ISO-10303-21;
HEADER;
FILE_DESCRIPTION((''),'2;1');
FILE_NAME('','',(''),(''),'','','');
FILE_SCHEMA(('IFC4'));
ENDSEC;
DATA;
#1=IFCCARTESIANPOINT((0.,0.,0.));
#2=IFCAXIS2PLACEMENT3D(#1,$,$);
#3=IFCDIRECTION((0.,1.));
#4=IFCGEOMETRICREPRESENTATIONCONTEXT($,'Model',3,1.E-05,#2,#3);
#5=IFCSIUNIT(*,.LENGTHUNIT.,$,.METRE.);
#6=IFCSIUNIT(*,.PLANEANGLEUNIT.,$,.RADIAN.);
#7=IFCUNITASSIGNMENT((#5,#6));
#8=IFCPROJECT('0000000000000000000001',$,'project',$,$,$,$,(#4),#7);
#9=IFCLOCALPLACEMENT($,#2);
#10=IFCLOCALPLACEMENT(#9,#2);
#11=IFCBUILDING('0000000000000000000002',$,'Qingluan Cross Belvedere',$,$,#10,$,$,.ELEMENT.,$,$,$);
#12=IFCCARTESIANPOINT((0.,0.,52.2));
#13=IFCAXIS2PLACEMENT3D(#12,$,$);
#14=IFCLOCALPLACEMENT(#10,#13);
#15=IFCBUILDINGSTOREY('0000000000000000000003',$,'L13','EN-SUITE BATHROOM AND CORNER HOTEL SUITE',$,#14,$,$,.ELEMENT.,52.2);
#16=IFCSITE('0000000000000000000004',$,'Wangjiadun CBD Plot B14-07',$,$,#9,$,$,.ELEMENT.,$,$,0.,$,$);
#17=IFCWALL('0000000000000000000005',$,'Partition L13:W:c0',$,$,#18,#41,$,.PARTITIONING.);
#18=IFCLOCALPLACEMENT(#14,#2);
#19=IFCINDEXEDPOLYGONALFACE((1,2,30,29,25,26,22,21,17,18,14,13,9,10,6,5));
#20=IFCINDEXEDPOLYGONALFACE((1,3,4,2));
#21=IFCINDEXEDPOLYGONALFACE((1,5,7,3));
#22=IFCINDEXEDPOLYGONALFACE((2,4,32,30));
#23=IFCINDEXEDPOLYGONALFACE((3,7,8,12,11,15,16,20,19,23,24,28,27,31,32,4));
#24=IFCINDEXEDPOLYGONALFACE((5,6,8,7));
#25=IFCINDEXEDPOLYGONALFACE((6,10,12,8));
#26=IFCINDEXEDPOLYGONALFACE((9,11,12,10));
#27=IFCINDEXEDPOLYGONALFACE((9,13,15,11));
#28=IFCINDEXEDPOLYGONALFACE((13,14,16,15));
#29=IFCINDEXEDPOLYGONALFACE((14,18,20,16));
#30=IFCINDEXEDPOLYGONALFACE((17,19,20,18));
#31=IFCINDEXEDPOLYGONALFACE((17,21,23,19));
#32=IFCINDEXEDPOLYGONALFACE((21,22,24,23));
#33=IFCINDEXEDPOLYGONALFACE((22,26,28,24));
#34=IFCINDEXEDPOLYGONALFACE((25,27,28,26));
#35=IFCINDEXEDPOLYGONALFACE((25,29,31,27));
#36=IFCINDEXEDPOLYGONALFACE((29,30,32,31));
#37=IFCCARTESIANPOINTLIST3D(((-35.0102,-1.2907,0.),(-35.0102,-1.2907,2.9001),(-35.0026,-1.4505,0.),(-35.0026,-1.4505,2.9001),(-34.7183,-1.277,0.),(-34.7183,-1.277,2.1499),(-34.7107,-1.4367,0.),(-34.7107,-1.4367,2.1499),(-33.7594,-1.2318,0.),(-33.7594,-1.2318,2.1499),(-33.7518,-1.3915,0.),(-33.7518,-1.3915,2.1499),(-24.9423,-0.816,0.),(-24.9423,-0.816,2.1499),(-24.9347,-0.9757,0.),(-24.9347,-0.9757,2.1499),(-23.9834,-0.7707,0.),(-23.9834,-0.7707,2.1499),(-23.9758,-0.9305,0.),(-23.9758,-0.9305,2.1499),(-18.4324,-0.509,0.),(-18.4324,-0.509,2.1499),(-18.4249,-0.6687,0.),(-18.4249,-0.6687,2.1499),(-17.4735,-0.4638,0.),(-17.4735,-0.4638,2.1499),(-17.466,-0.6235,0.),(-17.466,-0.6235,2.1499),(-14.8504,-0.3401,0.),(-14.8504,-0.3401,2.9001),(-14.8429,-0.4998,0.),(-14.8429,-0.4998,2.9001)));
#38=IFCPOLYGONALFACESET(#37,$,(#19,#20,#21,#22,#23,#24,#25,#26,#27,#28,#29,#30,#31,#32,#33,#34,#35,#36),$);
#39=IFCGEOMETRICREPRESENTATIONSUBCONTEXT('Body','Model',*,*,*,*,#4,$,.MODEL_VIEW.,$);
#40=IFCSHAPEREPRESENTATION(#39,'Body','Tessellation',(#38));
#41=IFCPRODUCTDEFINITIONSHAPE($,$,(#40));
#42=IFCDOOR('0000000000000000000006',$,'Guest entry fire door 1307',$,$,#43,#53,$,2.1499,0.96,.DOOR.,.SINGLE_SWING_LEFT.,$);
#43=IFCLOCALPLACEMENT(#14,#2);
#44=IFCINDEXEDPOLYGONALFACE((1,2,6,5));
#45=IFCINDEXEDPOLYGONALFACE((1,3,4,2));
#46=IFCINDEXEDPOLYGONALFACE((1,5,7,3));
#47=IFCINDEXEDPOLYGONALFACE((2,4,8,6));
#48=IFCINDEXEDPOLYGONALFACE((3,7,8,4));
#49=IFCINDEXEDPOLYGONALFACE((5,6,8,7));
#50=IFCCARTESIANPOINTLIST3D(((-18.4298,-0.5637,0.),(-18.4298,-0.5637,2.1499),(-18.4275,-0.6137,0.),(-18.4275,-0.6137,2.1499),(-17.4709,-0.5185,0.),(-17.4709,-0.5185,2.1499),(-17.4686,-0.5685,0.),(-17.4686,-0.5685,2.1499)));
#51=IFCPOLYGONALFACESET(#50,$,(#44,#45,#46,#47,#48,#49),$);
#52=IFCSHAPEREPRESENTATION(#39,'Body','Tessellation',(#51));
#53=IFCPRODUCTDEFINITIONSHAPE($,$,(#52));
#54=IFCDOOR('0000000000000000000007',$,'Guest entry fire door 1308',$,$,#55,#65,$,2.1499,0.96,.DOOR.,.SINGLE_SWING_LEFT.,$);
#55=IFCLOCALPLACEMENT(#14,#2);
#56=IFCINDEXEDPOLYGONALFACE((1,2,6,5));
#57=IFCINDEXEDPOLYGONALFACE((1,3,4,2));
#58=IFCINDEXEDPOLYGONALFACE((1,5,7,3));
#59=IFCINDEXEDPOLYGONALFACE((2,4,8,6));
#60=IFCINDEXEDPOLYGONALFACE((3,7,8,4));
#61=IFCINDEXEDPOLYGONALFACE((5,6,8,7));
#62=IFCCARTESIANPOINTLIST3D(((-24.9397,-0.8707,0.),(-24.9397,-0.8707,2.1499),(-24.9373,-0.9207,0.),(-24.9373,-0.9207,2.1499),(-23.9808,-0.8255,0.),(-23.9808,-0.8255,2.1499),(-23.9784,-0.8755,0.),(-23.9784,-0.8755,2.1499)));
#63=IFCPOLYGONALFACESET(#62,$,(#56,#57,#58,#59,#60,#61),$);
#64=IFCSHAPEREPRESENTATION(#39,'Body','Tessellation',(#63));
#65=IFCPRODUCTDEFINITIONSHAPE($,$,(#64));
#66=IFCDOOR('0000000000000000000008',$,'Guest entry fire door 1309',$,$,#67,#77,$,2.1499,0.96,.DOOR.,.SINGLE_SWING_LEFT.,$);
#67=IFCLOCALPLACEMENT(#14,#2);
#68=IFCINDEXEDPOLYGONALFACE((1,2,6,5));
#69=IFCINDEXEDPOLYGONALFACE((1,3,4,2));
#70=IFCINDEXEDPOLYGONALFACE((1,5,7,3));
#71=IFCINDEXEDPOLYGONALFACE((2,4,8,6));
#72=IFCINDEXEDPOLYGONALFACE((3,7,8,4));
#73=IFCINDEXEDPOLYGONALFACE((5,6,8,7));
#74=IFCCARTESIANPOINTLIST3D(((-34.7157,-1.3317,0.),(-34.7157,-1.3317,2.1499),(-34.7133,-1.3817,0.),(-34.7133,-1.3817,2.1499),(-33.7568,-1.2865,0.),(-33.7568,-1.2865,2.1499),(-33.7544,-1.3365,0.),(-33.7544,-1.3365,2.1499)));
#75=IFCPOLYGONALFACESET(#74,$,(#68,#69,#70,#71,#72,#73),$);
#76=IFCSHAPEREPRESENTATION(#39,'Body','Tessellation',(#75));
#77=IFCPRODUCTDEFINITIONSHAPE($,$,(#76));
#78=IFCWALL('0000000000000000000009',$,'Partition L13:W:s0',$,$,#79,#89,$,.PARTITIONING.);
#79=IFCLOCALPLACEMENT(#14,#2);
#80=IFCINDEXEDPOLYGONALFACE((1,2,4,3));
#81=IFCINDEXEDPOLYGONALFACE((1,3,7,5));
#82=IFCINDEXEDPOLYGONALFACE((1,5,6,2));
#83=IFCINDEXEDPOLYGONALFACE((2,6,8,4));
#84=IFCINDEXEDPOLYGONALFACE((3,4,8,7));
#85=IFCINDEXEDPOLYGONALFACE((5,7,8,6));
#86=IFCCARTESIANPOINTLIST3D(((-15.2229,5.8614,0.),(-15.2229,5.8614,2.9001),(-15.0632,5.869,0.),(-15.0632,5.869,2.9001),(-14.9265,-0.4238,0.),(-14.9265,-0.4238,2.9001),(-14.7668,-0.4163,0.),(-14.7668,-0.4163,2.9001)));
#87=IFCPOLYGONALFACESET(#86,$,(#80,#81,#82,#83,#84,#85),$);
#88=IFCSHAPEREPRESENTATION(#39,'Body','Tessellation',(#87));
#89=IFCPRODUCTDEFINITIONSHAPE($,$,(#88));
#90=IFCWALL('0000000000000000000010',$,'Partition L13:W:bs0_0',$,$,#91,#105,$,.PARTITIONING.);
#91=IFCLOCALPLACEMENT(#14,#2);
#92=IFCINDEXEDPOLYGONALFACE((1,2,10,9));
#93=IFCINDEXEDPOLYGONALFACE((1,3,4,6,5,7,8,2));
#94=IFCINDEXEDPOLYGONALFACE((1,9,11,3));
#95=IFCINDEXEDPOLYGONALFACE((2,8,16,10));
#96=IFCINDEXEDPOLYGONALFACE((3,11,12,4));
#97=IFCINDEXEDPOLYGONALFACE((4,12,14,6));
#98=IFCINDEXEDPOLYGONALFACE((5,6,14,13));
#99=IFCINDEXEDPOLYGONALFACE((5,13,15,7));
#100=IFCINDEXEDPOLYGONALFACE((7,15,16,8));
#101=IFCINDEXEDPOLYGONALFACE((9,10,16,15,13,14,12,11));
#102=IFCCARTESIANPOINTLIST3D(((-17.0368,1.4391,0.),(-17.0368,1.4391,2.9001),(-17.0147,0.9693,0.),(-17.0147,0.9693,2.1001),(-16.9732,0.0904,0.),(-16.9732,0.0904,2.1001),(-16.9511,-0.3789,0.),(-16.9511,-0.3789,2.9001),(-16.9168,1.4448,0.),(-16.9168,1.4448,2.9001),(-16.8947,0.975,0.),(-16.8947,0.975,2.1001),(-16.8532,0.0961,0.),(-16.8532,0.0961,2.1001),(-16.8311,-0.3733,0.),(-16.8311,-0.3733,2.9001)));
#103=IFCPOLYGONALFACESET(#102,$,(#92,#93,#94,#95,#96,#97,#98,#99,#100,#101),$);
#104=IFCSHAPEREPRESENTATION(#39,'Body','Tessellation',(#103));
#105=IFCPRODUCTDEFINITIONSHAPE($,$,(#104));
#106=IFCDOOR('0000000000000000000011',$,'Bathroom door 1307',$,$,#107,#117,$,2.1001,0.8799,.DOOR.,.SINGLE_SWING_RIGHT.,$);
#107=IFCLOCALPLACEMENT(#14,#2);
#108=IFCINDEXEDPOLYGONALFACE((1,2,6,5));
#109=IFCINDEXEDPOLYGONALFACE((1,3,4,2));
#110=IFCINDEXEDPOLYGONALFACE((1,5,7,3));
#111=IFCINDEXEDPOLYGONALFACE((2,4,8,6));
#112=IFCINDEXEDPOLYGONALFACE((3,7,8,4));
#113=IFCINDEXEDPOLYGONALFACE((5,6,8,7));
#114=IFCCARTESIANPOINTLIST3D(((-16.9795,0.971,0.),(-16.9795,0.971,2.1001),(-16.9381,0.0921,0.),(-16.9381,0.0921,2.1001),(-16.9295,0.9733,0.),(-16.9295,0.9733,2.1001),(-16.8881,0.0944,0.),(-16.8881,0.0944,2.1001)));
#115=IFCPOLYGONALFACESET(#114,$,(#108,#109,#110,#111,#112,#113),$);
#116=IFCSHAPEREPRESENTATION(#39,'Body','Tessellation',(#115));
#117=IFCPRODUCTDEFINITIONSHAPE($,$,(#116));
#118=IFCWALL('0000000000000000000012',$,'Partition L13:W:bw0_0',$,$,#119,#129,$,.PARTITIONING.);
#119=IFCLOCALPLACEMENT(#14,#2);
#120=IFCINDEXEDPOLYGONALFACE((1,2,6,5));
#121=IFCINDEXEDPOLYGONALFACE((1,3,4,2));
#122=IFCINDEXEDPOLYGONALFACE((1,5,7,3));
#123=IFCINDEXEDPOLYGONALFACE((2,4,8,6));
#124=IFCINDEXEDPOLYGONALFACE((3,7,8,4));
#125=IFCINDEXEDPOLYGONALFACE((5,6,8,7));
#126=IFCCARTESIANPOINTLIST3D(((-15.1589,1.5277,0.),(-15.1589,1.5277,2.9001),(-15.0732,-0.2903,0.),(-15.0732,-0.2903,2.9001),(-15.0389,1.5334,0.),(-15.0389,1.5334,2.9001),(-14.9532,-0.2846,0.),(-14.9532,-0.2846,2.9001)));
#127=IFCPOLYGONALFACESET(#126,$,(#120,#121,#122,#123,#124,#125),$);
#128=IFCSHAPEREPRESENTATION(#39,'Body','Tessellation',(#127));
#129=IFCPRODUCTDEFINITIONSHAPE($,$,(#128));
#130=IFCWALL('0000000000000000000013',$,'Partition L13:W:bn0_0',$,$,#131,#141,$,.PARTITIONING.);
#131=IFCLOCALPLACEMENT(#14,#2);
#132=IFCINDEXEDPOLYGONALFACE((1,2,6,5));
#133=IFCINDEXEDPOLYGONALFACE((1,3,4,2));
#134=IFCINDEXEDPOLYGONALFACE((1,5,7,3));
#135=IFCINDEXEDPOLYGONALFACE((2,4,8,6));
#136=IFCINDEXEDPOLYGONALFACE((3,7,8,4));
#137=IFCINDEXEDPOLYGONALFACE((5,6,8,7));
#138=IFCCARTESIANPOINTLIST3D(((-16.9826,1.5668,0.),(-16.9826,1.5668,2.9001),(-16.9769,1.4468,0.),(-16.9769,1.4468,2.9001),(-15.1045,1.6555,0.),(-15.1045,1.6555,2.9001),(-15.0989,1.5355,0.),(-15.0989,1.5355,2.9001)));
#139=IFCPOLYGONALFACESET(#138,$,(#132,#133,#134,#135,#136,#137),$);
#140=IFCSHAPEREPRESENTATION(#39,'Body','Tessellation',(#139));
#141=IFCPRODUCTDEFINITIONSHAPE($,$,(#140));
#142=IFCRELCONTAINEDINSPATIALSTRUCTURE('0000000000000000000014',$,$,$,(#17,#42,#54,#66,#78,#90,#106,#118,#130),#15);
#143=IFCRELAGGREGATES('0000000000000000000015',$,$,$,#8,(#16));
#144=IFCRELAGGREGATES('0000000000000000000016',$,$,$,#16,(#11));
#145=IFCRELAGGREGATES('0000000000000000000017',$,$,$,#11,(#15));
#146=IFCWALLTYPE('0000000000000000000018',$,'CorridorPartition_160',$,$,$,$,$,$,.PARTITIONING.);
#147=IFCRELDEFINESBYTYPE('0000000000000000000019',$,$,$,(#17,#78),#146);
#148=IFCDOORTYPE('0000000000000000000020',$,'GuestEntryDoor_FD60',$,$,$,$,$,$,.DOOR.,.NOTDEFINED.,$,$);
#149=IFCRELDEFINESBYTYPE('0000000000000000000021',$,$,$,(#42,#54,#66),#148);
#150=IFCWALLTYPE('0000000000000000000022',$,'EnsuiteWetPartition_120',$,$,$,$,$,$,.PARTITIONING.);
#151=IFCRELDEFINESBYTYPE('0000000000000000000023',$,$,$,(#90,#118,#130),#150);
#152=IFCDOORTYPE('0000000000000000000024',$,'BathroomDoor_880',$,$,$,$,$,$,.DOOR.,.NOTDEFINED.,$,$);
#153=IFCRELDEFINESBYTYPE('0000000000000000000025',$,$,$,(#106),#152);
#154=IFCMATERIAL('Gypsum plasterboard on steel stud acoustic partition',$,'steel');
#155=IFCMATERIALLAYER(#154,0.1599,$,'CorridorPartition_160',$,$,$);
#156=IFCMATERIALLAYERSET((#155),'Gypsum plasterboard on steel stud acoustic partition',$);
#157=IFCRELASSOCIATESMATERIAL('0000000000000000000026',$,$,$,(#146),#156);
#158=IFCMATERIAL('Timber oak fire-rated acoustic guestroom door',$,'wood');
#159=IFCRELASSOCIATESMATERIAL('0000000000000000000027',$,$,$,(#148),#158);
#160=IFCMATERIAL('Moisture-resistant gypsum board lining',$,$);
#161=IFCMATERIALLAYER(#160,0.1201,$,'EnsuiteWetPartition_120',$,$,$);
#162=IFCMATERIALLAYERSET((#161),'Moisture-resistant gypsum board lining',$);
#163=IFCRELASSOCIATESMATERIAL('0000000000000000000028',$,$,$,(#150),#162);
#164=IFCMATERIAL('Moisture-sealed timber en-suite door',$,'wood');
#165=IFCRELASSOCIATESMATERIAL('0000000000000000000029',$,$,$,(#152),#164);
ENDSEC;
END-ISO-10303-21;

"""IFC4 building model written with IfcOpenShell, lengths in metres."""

from ifc_helpers import new_model, si_unit, direction, frame, frame_2d, origin, place, context, subcontext, project, spatial, rectangle, extrude, material, layer, layer_set, type_object, element, fill, save


model = new_model("IFC4")

# Units and contexts
model_context = context("Model", 3, precision=1e-05, world=origin(), true_north=direction((0.0, 1.0)))
body_context = subcontext(model_context, "Body", "Model", "MODEL_VIEW")
ifc_project = project(units=[si_unit("LENGTHUNIT", "METRE"), si_unit("PLANEANGLEUNIT", "RADIAN")], contexts=[model_context])

# Site, building, storey
site_placement = place(None, origin())
site = spatial("IfcSite", under=ifc_project, at=site_placement, Name="Wangjiadun CBD Plot B14-07", CompositionType="ELEMENT", RefElevation=0.0)
building_placement = place(site_placement, origin())
building = spatial("IfcBuilding", under=site, at=building_placement, Name="Qingluan Cross Belvedere", CompositionType="ELEMENT")
storey_placement = place(building_placement, frame((0.0, 0.0, 52.2)))
storey = spatial("IfcBuildingStorey", under=building, at=storey_placement, Name="L13", Description="EN-SUITE BATHROOM AND CORNER HOTEL SUITE", CompositionType="ELEMENT", Elevation=52.2)

# Wall, openings, doors
ifc_material_1 = material(Name="Gypsum plasterboard on steel stud acoustic partition", Category="steel")
ifc_layer_1 = layer(ifc_material_1, 0.1599, Name="CorridorPartition_160")
ifc_layer_set_1 = layer_set([ifc_layer_1], Name="Gypsum plasterboard on steel stud acoustic partition")
wall_type_1 = type_object("IfcWallType", Name="CorridorPartition_160", PredefinedType="PARTITIONING", material=ifc_layer_set_1)
wall_1_placement = place(storey_placement, frame((-14.8467, -0.4199, 0.0), z_axis=(0.0, 0.0, 1.0), x_axis=(-0.99889, -0.047105, 0.0)))
wall_1 = element("IfcWall", 1, at=wall_1_placement, inside=storey, type_object=wall_type_1, Name="Partition L13:W:c0", PredefinedType="PARTITIONING", context=body_context, shape_type="SweptSolid", body=[
    extrude(rectangle(XDim=20.1821, YDim=0.1599, at=frame_2d((10.0911, 0.0))), origin(), (0.0, 0.0, 1.0), 2.9001),
])
opening_1_placement = place(wall_1_placement, frame((2.626, 0.0, 0.0)))
opening_1 = element("IfcOpeningElement", 2, at=opening_1_placement, cuts=wall_1, PredefinedType="OPENING", context=body_context, shape_type="SweptSolid", body=[
    extrude(rectangle(XDim=0.96, YDim=2.1499, at=frame_2d((0.48, 1.075))), frame((0.0, 0.0898, 0.0), z_axis=(0.0, -1.0, 0.0), x_axis=(1.0, 0.0, 0.0)), (0.0, 0.0, 1.0), 0.1799),
])
opening_2_placement = place(wall_1_placement, frame((9.1431, 0.0, 0.0)))
opening_2 = element("IfcOpeningElement", 3, at=opening_2_placement, cuts=wall_1, PredefinedType="OPENING", context=body_context, shape_type="SweptSolid", body=[
    extrude(rectangle(XDim=0.96, YDim=2.1499, at=frame_2d((0.48, 1.075))), frame((0.0, 0.0898, 0.0), z_axis=(0.0, -1.0, 0.0), x_axis=(1.0, 0.0, 0.0)), (0.0, 0.0, 1.0), 0.1799),
])
opening_3_placement = place(wall_1_placement, frame((18.9299, 0.0, 0.0)))
opening_3 = element("IfcOpeningElement", 4, at=opening_3_placement, cuts=wall_1, PredefinedType="OPENING", context=body_context, shape_type="SweptSolid", body=[
    extrude(rectangle(XDim=0.96, YDim=2.1499, at=frame_2d((0.48, 1.075))), frame((0.0, 0.0898, 0.0), z_axis=(0.0, -1.0, 0.0), x_axis=(1.0, 0.0, 0.0)), (0.0, 0.0, 1.0), 0.1799),
])
ifc_material_2 = material(Name="Timber oak fire-rated acoustic guestroom door", Category="wood")
door_type_1 = type_object("IfcDoorType", Name="GuestEntryDoor_FD60", OperationType="NOTDEFINED", PredefinedType="DOOR", material=ifc_material_2)
door_1_placement = place(opening_1_placement, origin())
door_1 = element("IfcDoor", 5, at=door_1_placement, inside=storey, type_object=door_type_1, Name="Guest entry fire door 1307", OperationType="SINGLE_SWING_LEFT", OverallHeight=2.1499, OverallWidth=0.96, PredefinedType="DOOR", context=body_context, shape_type="SweptSolid", body=[
    extrude(rectangle(XDim=0.96, YDim=2.1499, at=frame_2d((0.48, 1.075))), frame((0.0, 0.0249, 0.0), z_axis=(0.0, -1.0, 0.0), x_axis=(1.0, 0.0, 0.0)), (0.0, 0.0, 1.0), 0.05),
])
fill(opening_1, door_1)
door_2_placement = place(opening_2_placement, origin())
door_2 = element("IfcDoor", 6, at=door_2_placement, inside=storey, type_object=door_type_1, Name="Guest entry fire door 1308", OperationType="SINGLE_SWING_LEFT", OverallHeight=2.1499, OverallWidth=0.96, PredefinedType="DOOR", context=body_context, shape_type="SweptSolid", body=[
    extrude(rectangle(XDim=0.96, YDim=2.1499, at=frame_2d((0.48, 1.075))), frame((0.0, 0.0249, 0.0), z_axis=(0.0, -1.0, 0.0), x_axis=(1.0, 0.0, 0.0)), (0.0, 0.0, 1.0), 0.05),
])
fill(opening_2, door_2)
door_3_placement = place(opening_3_placement, origin())
door_3 = element("IfcDoor", 7, at=door_3_placement, inside=storey, type_object=door_type_1, Name="Guest entry fire door 1309", OperationType="SINGLE_SWING_LEFT", OverallHeight=2.1499, OverallWidth=0.96, PredefinedType="DOOR", context=body_context, shape_type="SweptSolid", body=[
    extrude(rectangle(XDim=0.96, YDim=2.1499, at=frame_2d((0.48, 1.075))), frame((0.0, 0.0249, 0.0), z_axis=(0.0, -1.0, 0.0), x_axis=(1.0, 0.0, 0.0)), (0.0, 0.0, 1.0), 0.05),
])
fill(opening_3, door_3)

# Wall
wall_2_placement = place(storey_placement, frame((-14.8467, -0.4199, 0.0), z_axis=(0.0, 0.0, 1.0), x_axis=(-0.047104, 0.99889, 0.0)))
element("IfcWall", 8, at=wall_2_placement, inside=storey, type_object=wall_type_1, Name="Partition L13:W:s0", PredefinedType="PARTITIONING", context=body_context, shape_type="SweptSolid", body=[
    extrude(rectangle(XDim=6.2922, YDim=0.1599, at=frame_2d((3.146, 0.0))), origin(), (0.0, 0.0, 1.0), 2.9001),
])

# Wall, opening, door
ifc_material_3 = material(Name="Moisture-resistant gypsum board lining")
ifc_layer_2 = layer(ifc_material_3, 0.1201, Name="EnsuiteWetPartition_120")
ifc_layer_set_2 = layer_set([ifc_layer_2], Name="Moisture-resistant gypsum board lining")
wall_type_2 = type_object("IfcWallType", Name="EnsuiteWetPartition_120", PredefinedType="PARTITIONING", material=ifc_layer_set_2)
wall_3_placement = place(storey_placement, frame((-16.8911, -0.3762, 0.0), z_axis=(0.0, 0.0, 1.0), x_axis=(-0.047081, 0.998891, 0.0)))
wall_3 = element("IfcWall", 9, at=wall_3_placement, inside=storey, type_object=wall_type_2, Name="Partition L13:W:bs0_0", PredefinedType="PARTITIONING", context=body_context, shape_type="SweptSolid", body=[
    extrude(rectangle(XDim=1.8201, YDim=0.1201, at=frame_2d((0.9102, 0.0))), origin(), (0.0, 0.0, 1.0), 2.9001),
])
opening_4_placement = place(wall_3_placement, frame((0.47, 0.0, 0.0)))
opening_4 = element("IfcOpeningElement", 10, at=opening_4_placement, cuts=wall_3, PredefinedType="OPENING", context=body_context, shape_type="SweptSolid", body=[
    extrude(rectangle(XDim=0.8799, YDim=2.1001, at=frame_2d((0.4399, 1.05))), frame((0.0, 0.0701, 0.0), z_axis=(0.0, -1.0, 0.0), x_axis=(1.0, 0.0, 0.0)), (0.0, 0.0, 1.0), 0.1401),
])
ifc_material_4 = material(Name="Moisture-sealed timber en-suite door", Category="wood")
door_type_2 = type_object("IfcDoorType", Name="BathroomDoor_880", OperationType="NOTDEFINED", PredefinedType="DOOR", material=ifc_material_4)
door_4_placement = place(opening_4_placement, origin())
door_4 = element("IfcDoor", 11, at=door_4_placement, inside=storey, type_object=door_type_2, Name="Bathroom door 1307", OperationType="SINGLE_SWING_RIGHT", OverallHeight=2.1001, OverallWidth=0.8799, PredefinedType="DOOR", context=body_context, shape_type="SweptSolid", body=[
    extrude(rectangle(XDim=0.8799, YDim=2.1001, at=frame_2d((0.4399, 1.05))), frame((0.0, 0.0249, 0.0), z_axis=(0.0, -1.0, 0.0), x_axis=(1.0, 0.0, 0.0)), (0.0, 0.0, 1.0), 0.05),
])
fill(opening_4, door_4)

# Walls
wall_4_placement = place(storey_placement, frame((-15.0132, -0.2876, 0.0), z_axis=(0.0, 0.0, 1.0), x_axis=(-0.047081, 0.998891, 0.0)))
element("IfcWall", 12, at=wall_4_placement, inside=storey, type_object=wall_type_2, Name="Partition L13:W:bw0_0", PredefinedType="PARTITIONING", context=body_context, shape_type="SweptSolid", body=[
    extrude(rectangle(XDim=1.8201, YDim=0.1201, at=frame_2d((0.9102, 0.0))), origin(), (0.0, 0.0, 1.0), 2.9001),
])
wall_5_placement = place(storey_placement, frame((-15.1018, 1.5955, 0.0), z_axis=(0.0, 0.0, 1.0), x_axis=(-0.998888, -0.047139, 0.0)))
element("IfcWall", 13, at=wall_5_placement, inside=storey, type_object=wall_type_2, Name="Partition L13:W:bn0_0", PredefinedType="PARTITIONING", context=body_context, shape_type="SweptSolid", body=[
    extrude(rectangle(XDim=1.8801, YDim=0.1201, at=frame_2d((0.9399, 0.0))), origin(), (0.0, 0.0, 1.0), 2.9001),
])

save(model, "model.ifc")
